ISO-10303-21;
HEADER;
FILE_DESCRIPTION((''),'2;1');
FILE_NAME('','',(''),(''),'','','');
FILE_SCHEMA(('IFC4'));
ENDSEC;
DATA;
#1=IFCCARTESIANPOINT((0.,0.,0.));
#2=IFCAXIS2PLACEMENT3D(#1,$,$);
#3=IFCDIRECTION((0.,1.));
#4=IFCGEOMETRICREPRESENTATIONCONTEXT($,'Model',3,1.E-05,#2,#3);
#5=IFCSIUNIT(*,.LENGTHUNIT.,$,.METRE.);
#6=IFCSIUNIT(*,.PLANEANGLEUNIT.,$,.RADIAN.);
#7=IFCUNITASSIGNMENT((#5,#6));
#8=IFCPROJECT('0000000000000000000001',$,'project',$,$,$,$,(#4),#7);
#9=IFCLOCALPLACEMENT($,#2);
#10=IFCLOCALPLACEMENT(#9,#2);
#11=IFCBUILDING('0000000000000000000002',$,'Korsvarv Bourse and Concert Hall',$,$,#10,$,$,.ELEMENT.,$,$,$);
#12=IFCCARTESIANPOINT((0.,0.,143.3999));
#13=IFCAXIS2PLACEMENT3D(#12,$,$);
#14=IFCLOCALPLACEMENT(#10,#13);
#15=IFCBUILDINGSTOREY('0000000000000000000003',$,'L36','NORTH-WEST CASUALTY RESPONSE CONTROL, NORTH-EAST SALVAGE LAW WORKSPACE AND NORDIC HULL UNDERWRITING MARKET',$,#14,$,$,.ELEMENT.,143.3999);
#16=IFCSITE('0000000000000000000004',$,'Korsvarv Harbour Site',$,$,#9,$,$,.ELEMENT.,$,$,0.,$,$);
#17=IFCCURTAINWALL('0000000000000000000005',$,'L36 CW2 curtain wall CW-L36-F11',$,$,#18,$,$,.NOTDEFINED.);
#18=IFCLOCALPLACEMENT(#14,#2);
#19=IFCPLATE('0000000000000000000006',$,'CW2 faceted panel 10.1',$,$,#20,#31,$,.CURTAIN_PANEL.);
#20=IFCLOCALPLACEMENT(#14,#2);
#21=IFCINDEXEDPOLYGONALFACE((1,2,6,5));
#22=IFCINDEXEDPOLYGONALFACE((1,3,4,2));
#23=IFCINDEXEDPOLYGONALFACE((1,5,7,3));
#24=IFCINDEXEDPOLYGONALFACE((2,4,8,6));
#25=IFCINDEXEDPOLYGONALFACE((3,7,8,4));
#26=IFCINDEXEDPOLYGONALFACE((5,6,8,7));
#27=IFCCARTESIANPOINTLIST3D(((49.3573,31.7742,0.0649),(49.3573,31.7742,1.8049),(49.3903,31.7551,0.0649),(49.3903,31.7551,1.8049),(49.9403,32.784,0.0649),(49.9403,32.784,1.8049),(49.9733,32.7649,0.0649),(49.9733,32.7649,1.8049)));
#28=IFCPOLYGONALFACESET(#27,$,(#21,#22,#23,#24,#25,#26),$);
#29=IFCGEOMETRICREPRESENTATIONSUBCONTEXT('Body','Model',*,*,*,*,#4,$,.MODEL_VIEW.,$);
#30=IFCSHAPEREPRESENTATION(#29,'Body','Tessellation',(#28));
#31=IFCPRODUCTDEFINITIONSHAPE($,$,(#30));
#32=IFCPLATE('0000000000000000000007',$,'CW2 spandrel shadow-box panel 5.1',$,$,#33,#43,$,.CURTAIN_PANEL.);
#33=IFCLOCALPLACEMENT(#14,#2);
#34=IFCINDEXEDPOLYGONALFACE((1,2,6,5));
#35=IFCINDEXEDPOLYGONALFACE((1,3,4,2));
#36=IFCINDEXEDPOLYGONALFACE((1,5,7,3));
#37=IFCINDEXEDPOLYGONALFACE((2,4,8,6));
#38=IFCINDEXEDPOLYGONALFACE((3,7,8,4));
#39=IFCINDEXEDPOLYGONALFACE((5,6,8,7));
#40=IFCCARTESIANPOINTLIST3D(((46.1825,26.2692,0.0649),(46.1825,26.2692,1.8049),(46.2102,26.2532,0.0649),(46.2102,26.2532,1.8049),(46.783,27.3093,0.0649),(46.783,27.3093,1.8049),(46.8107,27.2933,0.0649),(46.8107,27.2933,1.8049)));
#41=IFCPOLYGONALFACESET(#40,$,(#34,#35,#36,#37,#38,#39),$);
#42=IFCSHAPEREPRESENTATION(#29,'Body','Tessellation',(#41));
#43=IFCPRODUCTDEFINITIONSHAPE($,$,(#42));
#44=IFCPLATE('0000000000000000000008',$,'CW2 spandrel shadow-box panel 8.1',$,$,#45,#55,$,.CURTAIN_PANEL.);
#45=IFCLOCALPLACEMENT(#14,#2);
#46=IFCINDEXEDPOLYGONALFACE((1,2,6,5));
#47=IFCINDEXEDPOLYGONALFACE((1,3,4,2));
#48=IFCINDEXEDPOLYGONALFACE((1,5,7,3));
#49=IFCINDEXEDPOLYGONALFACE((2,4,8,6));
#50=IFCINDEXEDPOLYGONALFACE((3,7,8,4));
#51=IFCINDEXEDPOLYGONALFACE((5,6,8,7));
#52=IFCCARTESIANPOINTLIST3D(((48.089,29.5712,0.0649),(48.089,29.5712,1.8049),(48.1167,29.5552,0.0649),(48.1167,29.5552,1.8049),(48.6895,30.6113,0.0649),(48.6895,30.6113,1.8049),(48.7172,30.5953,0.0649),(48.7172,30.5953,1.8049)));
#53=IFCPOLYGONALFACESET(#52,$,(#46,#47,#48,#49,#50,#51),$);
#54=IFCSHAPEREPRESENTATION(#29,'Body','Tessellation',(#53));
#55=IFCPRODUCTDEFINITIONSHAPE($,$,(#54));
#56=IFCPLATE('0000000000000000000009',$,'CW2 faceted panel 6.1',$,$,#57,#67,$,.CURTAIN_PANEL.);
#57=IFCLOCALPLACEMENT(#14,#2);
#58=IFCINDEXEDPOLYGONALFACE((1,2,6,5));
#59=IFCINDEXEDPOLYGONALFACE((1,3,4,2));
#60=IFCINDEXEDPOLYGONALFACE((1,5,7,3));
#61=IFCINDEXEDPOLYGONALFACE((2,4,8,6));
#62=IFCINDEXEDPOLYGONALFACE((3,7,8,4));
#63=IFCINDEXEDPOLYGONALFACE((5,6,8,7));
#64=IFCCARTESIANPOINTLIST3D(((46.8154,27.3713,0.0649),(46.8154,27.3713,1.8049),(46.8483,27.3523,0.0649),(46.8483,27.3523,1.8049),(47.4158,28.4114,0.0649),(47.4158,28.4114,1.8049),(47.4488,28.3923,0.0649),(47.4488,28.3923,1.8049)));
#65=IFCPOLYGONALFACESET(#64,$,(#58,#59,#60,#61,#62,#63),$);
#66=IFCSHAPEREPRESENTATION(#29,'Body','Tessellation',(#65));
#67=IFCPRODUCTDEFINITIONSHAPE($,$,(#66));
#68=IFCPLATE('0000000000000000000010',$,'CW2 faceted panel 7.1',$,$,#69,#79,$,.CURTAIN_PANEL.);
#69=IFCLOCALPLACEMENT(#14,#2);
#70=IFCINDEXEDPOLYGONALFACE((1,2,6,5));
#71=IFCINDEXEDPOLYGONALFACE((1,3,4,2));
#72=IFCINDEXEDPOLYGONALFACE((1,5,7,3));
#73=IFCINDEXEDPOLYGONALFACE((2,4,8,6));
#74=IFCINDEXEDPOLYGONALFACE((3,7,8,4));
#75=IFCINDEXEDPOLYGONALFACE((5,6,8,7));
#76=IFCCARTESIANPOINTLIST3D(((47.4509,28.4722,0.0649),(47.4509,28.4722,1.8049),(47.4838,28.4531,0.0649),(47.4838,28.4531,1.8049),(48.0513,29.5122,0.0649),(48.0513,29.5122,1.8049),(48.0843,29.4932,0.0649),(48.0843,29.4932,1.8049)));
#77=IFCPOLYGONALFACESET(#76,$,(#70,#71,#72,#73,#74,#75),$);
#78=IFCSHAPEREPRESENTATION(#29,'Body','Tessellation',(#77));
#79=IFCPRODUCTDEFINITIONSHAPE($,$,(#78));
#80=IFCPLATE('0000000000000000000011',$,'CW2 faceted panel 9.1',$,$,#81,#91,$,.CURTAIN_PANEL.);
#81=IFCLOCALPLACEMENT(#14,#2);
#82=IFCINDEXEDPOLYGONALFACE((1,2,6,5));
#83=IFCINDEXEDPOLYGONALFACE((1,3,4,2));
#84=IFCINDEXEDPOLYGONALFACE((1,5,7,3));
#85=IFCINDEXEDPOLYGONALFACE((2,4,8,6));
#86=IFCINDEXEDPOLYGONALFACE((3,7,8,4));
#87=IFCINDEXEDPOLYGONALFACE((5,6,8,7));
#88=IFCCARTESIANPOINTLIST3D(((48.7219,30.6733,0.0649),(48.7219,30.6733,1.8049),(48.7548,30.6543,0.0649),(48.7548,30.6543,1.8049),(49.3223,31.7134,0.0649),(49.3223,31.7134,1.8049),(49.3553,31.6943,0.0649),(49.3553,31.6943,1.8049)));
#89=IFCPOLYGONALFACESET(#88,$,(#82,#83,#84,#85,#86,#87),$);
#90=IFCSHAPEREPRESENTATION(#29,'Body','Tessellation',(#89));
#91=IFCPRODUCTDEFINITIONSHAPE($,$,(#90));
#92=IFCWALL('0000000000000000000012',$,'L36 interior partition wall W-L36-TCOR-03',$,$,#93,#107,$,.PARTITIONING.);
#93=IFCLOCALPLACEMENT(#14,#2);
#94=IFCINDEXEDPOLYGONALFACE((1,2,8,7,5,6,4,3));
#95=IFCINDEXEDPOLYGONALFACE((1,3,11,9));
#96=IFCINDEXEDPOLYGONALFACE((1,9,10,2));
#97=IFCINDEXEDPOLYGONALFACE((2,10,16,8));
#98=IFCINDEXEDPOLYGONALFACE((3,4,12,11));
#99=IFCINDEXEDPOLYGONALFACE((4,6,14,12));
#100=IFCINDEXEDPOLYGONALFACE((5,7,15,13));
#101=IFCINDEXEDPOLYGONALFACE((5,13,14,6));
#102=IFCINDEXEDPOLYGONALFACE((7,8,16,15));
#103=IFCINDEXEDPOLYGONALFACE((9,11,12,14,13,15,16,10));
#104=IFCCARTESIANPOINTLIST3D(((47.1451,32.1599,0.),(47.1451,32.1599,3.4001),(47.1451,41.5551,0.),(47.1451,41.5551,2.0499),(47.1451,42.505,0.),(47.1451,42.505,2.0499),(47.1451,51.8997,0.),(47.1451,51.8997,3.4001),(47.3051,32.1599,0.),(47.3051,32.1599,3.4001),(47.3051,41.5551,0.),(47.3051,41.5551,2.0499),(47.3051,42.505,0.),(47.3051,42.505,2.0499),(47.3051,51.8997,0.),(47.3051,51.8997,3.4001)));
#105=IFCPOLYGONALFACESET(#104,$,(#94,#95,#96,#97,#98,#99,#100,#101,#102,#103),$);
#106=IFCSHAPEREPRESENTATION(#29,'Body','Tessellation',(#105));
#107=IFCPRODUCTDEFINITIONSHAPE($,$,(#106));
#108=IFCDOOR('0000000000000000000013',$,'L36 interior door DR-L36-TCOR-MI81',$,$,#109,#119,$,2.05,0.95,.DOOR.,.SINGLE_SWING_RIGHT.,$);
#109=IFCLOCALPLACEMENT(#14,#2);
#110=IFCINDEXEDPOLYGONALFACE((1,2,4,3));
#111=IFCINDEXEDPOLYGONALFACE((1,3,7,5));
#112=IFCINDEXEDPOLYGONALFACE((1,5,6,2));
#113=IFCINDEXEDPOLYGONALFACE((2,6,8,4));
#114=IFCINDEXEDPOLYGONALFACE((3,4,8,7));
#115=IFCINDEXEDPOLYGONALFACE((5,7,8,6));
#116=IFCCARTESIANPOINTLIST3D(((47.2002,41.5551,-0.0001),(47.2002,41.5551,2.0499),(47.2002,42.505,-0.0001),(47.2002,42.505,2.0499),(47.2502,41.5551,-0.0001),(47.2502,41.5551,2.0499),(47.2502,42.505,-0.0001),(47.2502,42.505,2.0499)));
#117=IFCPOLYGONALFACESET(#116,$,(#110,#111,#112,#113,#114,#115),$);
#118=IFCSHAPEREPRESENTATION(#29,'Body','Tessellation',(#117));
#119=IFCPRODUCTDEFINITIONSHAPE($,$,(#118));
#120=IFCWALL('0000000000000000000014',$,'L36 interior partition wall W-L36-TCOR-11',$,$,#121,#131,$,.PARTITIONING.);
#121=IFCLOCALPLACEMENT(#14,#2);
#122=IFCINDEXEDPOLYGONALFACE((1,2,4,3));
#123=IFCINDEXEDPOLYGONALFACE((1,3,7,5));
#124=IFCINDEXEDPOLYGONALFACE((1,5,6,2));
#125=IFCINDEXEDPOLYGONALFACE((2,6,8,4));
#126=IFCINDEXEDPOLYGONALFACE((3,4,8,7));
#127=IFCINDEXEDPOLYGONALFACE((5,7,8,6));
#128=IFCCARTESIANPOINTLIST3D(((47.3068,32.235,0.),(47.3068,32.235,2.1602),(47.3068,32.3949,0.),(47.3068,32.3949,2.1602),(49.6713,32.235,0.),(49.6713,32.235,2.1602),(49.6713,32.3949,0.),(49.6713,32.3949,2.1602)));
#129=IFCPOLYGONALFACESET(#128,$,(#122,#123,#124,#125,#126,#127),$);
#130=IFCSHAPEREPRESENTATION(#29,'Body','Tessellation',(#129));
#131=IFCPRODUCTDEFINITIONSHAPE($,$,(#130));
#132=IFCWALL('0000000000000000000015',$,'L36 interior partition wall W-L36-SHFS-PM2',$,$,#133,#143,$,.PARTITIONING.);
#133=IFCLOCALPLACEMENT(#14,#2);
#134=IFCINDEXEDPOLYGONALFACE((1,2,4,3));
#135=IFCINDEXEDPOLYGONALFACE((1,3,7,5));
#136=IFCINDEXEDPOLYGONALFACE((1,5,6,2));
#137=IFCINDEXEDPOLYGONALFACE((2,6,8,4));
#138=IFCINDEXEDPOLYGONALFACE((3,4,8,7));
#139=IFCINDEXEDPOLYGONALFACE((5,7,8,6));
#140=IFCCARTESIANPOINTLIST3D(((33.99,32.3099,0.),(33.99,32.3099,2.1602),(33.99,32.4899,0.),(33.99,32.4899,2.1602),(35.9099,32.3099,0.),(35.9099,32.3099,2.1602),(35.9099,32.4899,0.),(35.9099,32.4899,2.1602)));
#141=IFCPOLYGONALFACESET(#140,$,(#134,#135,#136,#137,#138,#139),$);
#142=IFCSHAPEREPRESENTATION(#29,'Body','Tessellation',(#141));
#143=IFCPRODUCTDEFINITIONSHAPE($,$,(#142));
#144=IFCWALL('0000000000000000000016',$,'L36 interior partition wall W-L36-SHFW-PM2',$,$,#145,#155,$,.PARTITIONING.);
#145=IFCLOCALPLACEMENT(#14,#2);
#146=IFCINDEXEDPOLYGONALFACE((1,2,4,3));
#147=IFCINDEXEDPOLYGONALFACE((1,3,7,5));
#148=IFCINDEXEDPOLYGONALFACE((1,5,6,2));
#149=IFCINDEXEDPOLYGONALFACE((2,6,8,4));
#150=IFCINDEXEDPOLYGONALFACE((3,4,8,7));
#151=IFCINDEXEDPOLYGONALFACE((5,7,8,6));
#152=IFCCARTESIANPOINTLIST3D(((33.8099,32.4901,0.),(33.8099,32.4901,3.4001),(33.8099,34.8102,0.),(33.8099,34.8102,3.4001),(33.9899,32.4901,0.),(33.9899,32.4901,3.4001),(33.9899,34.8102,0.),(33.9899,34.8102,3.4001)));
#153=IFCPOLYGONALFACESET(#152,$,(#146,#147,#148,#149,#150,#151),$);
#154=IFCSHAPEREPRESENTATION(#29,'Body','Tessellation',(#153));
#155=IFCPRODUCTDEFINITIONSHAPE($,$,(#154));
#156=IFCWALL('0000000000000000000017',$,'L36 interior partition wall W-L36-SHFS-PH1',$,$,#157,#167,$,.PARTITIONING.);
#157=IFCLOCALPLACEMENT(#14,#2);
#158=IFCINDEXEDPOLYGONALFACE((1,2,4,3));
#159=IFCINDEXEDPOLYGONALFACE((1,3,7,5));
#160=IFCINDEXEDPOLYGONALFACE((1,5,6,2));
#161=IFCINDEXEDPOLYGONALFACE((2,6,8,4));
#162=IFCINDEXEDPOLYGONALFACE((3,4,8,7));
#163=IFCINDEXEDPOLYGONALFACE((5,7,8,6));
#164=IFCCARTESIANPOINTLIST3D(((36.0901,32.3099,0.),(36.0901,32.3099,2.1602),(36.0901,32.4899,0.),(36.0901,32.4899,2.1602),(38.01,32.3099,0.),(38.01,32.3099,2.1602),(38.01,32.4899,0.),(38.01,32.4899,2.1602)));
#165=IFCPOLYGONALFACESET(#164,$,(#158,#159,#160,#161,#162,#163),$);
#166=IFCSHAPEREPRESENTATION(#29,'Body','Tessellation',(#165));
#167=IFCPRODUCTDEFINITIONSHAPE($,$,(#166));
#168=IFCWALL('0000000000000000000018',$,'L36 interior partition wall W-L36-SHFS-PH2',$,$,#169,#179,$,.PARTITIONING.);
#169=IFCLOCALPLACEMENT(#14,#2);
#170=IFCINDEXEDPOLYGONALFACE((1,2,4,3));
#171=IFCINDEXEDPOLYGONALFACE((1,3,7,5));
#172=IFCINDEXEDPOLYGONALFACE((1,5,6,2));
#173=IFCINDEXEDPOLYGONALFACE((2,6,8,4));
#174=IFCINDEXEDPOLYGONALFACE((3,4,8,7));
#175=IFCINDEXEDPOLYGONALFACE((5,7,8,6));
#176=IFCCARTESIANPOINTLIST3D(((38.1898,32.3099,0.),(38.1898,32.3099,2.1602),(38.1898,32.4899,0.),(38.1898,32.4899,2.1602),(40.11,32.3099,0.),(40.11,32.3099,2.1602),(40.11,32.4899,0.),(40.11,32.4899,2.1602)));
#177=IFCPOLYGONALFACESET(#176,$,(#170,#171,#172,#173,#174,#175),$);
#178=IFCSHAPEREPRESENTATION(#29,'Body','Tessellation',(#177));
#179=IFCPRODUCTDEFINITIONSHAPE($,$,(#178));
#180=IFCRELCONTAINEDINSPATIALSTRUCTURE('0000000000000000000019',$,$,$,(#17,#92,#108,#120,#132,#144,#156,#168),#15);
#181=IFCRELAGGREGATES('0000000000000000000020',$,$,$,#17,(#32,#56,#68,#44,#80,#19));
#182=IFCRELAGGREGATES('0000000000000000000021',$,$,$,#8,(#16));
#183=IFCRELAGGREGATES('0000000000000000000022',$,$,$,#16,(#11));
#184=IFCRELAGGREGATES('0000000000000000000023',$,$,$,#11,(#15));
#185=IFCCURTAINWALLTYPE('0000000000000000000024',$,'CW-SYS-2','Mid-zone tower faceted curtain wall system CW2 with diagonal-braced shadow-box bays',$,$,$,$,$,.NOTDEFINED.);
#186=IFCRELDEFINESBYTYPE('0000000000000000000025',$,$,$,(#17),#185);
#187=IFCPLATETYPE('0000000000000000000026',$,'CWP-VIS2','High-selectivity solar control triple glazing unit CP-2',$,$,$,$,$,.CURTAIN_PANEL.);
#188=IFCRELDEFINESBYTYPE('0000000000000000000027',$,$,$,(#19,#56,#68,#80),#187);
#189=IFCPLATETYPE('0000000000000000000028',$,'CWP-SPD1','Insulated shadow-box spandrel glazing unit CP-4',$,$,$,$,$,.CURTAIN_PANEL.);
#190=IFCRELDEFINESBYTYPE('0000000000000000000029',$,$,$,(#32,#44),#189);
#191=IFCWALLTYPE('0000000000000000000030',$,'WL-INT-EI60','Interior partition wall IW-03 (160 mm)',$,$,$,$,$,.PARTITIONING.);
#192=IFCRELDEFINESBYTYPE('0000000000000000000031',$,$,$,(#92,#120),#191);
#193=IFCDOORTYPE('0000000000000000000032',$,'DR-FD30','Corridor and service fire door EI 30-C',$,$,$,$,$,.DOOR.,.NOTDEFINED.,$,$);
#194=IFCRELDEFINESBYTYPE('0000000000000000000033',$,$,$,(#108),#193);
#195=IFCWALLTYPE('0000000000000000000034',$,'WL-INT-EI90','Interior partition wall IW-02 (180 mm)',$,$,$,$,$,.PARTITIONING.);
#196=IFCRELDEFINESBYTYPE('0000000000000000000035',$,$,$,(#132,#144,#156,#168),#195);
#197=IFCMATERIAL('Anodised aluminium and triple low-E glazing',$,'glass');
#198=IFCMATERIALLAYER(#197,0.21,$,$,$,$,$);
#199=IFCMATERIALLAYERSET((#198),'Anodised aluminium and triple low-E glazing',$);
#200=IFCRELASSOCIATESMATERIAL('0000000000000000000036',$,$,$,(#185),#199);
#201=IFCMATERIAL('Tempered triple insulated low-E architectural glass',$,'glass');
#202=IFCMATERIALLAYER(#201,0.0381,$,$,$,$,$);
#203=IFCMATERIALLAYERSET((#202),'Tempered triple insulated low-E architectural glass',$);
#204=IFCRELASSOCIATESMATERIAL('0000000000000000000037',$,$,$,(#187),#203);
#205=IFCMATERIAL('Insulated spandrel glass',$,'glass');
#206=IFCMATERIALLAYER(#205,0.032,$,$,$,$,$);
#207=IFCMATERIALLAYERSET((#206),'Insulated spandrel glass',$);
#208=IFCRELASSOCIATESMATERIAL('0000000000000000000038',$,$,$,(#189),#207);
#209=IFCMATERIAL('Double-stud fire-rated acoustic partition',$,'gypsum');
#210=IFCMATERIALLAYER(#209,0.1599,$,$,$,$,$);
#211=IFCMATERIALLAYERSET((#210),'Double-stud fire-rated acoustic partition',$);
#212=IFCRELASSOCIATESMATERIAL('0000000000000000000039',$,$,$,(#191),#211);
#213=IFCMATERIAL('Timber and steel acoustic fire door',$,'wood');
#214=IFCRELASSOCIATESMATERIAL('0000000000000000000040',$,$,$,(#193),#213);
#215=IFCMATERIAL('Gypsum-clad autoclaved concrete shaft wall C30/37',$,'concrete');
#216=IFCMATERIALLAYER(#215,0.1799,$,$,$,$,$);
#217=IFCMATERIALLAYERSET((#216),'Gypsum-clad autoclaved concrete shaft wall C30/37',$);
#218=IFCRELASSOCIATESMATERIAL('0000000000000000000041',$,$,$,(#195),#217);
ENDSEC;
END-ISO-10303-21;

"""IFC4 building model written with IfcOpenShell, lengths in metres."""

from ifc_helpers import new_model, si_unit, direction, frame, frame_2d, origin, origin_2d, place, context, subcontext, project, spatial, rectangle, extrude, source, transform, mapped, material, layer, layer_set, type_object, element, fill, aggregate, save


model = new_model("IFC4")

# Units and contexts
model_context = context("Model", 3, precision=1e-05, world=origin(), true_north=direction((0.0, 1.0)))
body_context = subcontext(model_context, "Body", "Model", "MODEL_VIEW")
ifc_project = project(units=[si_unit("LENGTHUNIT", "METRE"), si_unit("PLANEANGLEUNIT", "RADIAN")], contexts=[model_context])

# Site, building, storey
site_placement = place(None, origin())
site = spatial("IfcSite", under=ifc_project, at=site_placement, Name="Korsvarv Harbour Site", CompositionType="ELEMENT", RefElevation=0.0)
building_placement = place(site_placement, origin())
building = spatial("IfcBuilding", under=site, at=building_placement, Name="Korsvarv Bourse and Concert Hall", CompositionType="ELEMENT")
storey_placement = place(building_placement, frame((0.0, 0.0, 143.3999)))
storey = spatial("IfcBuildingStorey", under=building, at=storey_placement, Name="L36", Description="NORTH-WEST CASUALTY RESPONSE CONTROL, NORTH-EAST SALVAGE LAW WORKSPACE AND NORDIC HULL UNDERWRITING MARKET", CompositionType="ELEMENT", Elevation=143.3999)

# Curtain wall, plates
ifc_material_1 = material(Name="Anodised aluminium and triple low-E glazing", Category="glass")
ifc_layer_1 = layer(ifc_material_1, 0.21)
ifc_layer_set_1 = layer_set([ifc_layer_1], Name="Anodised aluminium and triple low-E glazing")
curtain_wall_type = type_object("IfcCurtainWallType", Name="CW-SYS-2", Description="Mid-zone tower faceted curtain wall system CW2 with diagonal-braced shadow-box bays", PredefinedType="NOTDEFINED", material=ifc_layer_set_1)
curtain_wall_placement = place(storey_placement, origin())
curtain_wall = element("IfcCurtainWall", 1, at=curtain_wall_placement, inside=storey, type_object=curtain_wall_type, Name="L36 CW2 curtain wall CW-L36-F11", PredefinedType="NOTDEFINED")
ifc_material_2 = material(Name="Tempered triple insulated low-E architectural glass", Category="glass")
ifc_layer_2 = layer(ifc_material_2, 0.0381)
ifc_layer_set_2 = layer_set([ifc_layer_2], Name="Tempered triple insulated low-E architectural glass")
plate_type_1 = type_object("IfcPlateType", Name="CWP-VIS2", Description="High-selectivity solar control triple glazing unit CP-2", PredefinedType="CURTAIN_PANEL", material=ifc_layer_set_2)
shared_shape_1 = source(origin(), body_context, "Body", "SweptSolid", [
    extrude(rectangle(XDim=1.166, YDim=0.0381, at=origin_2d()), origin(), (0.0, 0.0, 1.0), 1.74),
])
plate_1_placement = place(storey_placement, frame((49.6653, 32.2695, 0.0649), z_axis=(0.0, 0.0, 1.0), x_axis=(0.5, 0.866025, 0.0)))
plate_1 = element("IfcPlate", 2, at=plate_1_placement, type_object=plate_type_1, Name="CW2 faceted panel 10.1", PredefinedType="CURTAIN_PANEL", context=body_context, shape_type="MappedRepresentation", body=[
    mapped(shared_shape_1, transform((0.0, 0.0, 0.0), scale=1.0)),
])
ifc_material_3 = material(Name="Insulated spandrel glass", Category="glass")
ifc_layer_3 = layer(ifc_material_3, 0.032)
ifc_layer_set_3 = layer_set([ifc_layer_3], Name="Insulated spandrel glass")
plate_type_2 = type_object("IfcPlateType", Name="CWP-SPD1", Description="Insulated shadow-box spandrel glazing unit CP-4", PredefinedType="CURTAIN_PANEL", material=ifc_layer_set_3)
shared_shape_2 = source(origin(), body_context, "Body", "SweptSolid", [
    extrude(rectangle(XDim=1.2009, YDim=0.032, at=origin_2d()), origin(), (0.0, 0.0, 1.0), 1.74),
])
plate_2_placement = place(storey_placement, frame((46.4966, 26.7812, 0.0649), z_axis=(0.0, 0.0, 1.0), x_axis=(0.5, 0.866025, 0.0)))
plate_2 = element("IfcPlate", 3, at=plate_2_placement, type_object=plate_type_2, Name="CW2 spandrel shadow-box panel 5.1", PredefinedType="CURTAIN_PANEL", context=body_context, shape_type="MappedRepresentation", body=[
    mapped(shared_shape_2, transform((0.0, 0.0, 0.0), scale=1.0)),
])
plate_3_placement = place(storey_placement, frame((48.4031, 30.0833, 0.0649), z_axis=(0.0, 0.0, 1.0), x_axis=(0.5, 0.866025, 0.0)))
plate_3 = element("IfcPlate", 4, at=plate_3_placement, type_object=plate_type_2, Name="CW2 spandrel shadow-box panel 8.1", PredefinedType="CURTAIN_PANEL", context=body_context, shape_type="MappedRepresentation", body=[
    mapped(shared_shape_2, transform((0.0, 0.0, 0.0), scale=1.0)),
])
shared_shape_3 = source(origin(), body_context, "Body", "SweptSolid", [
    extrude(rectangle(XDim=1.2009, YDim=0.0381, at=origin_2d()), origin(), (0.0, 0.0, 1.0), 1.74),
])
plate_4_placement = place(storey_placement, frame((47.1321, 27.8818, 0.0649), z_axis=(0.0, 0.0, 1.0), x_axis=(0.5, 0.866025, 0.0)))
plate_4 = element("IfcPlate", 5, at=plate_4_placement, type_object=plate_type_1, Name="CW2 faceted panel 6.1", PredefinedType="CURTAIN_PANEL", context=body_context, shape_type="MappedRepresentation", body=[
    mapped(shared_shape_3, transform((0.0, 0.0, 0.0), scale=1.0)),
])
plate_5_placement = place(storey_placement, frame((47.7676, 28.9827, 0.0649), z_axis=(0.0, 0.0, 1.0), x_axis=(0.5, 0.866025, 0.0)))
plate_5 = element("IfcPlate", 6, at=plate_5_placement, type_object=plate_type_1, Name="CW2 faceted panel 7.1", PredefinedType="CURTAIN_PANEL", context=body_context, shape_type="MappedRepresentation", body=[
    mapped(shared_shape_3, transform((0.0, 0.0, 0.0), scale=1.0)),
])
plate_6_placement = place(storey_placement, frame((49.0386, 31.1838, 0.0649), z_axis=(0.0, 0.0, 1.0), x_axis=(0.5, 0.866025, 0.0)))
plate_6 = element("IfcPlate", 7, at=plate_6_placement, type_object=plate_type_1, Name="CW2 faceted panel 9.1", PredefinedType="CURTAIN_PANEL", context=body_context, shape_type="MappedRepresentation", body=[
    mapped(shared_shape_3, transform((0.0, 0.0, 0.0), scale=1.0)),
])
aggregate(curtain_wall, [plate_2, plate_4, plate_5, plate_3, plate_6, plate_1])

# Wall, opening, door
ifc_material_4 = material(Name="Double-stud fire-rated acoustic partition", Category="gypsum")
ifc_layer_4 = layer(ifc_material_4, 0.1599)
ifc_layer_set_4 = layer_set([ifc_layer_4], Name="Double-stud fire-rated acoustic partition")
wall_type_1 = type_object("IfcWallType", Name="WL-INT-EI60", Description="Interior partition wall IW-03 (160 mm)", PredefinedType="PARTITIONING", material=ifc_layer_set_4)
wall_1_placement = place(storey_placement, frame((47.2251, 32.1599, 0.0), z_axis=(0.0, 0.0, 1.0), x_axis=(0.0, 1.0, 0.0)))
wall_1 = element("IfcWall", 8, at=wall_1_placement, inside=storey, type_object=wall_type_1, Name="L36 interior partition wall W-L36-TCOR-03", PredefinedType="PARTITIONING", context=body_context, shape_type="SweptSolid", body=[
    extrude(rectangle(XDim=19.7397, YDim=0.1599, at=frame_2d((9.8699, 0.0))), origin(), (0.0, 0.0, 1.0), 3.4001),
])
opening_placement = place(wall_1_placement, frame((9.395, 0.0, 0.0)))
opening = element("IfcOpeningElement", 9, at=opening_placement, cuts=wall_1, PredefinedType="OPENING", context=body_context, shape_type="SweptSolid", body=[
    extrude(rectangle(XDim=0.95, YDim=2.05, at=frame_2d((0.4751, 1.0249))), frame((0.0, 0.0898, 0.0), z_axis=(0.0, -1.0, 0.0), x_axis=(1.0, 0.0, 0.0)), (0.0, 0.0, 1.0), 0.1799),
])
ifc_material_5 = material(Name="Timber and steel acoustic fire door", Category="wood")
door_type = type_object("IfcDoorType", Name="DR-FD30", Description="Corridor and service fire door EI 30-C", OperationType="NOTDEFINED", PredefinedType="DOOR", material=ifc_material_5)
door_placement = place(opening_placement, origin())
door = element("IfcDoor", 10, at=door_placement, inside=storey, type_object=door_type, Name="L36 interior door DR-L36-TCOR-MI81", OperationType="SINGLE_SWING_RIGHT", OverallHeight=2.05, OverallWidth=0.95, PredefinedType="DOOR", context=body_context, shape_type="SweptSolid", body=[
    extrude(rectangle(XDim=0.95, YDim=2.05, at=frame_2d((0.4751, 1.0249))), frame((0.0, 0.0249, 0.0), z_axis=(0.0, -1.0, 0.0), x_axis=(1.0, 0.0, 0.0)), (0.0, 0.0, 1.0), 0.05),
])
fill(opening, door)

# Walls
wall_2_placement = place(storey_placement, frame((47.3069, 32.3149, 0.0), z_axis=(0.0, 0.0, 1.0), x_axis=(1.0, 0.0, 0.0)))
element("IfcWall", 11, at=wall_2_placement, inside=storey, type_object=wall_type_1, Name="L36 interior partition wall W-L36-TCOR-11", PredefinedType="PARTITIONING", context=body_context, shape_type="SweptSolid", body=[
    extrude(rectangle(XDim=2.3645, YDim=0.1599, at=frame_2d((1.1821, 0.0))), origin(), (0.0, 0.0, 1.0), 2.1602),
])
ifc_material_6 = material(Name="Gypsum-clad autoclaved concrete shaft wall C30/37", Category="concrete")
ifc_layer_5 = layer(ifc_material_6, 0.1799)
ifc_layer_set_5 = layer_set([ifc_layer_5], Name="Gypsum-clad autoclaved concrete shaft wall C30/37")
wall_type_2 = type_object("IfcWallType", Name="WL-INT-EI90", Description="Interior partition wall IW-02 (180 mm)", PredefinedType="PARTITIONING", material=ifc_layer_set_5)
wall_3_placement = place(storey_placement, frame((33.99, 32.3999, 0.0), z_axis=(0.0, 0.0, 1.0), x_axis=(1.0, 0.0, 0.0)))
element("IfcWall", 12, at=wall_3_placement, inside=storey, type_object=wall_type_2, Name="L36 interior partition wall W-L36-SHFS-PM2", PredefinedType="PARTITIONING", context=body_context, shape_type="SweptSolid", body=[
    extrude(rectangle(XDim=1.9199, YDim=0.1799, at=frame_2d((0.96, 0.0))), origin(), (0.0, 0.0, 1.0), 2.1602),
])
wall_4_placement = place(storey_placement, frame((33.8999, 32.49, 0.0), z_axis=(0.0, 0.0, 1.0), x_axis=(0.0, 1.0, 0.0)))
element("IfcWall", 13, at=wall_4_placement, inside=storey, type_object=wall_type_2, Name="L36 interior partition wall W-L36-SHFW-PM2", PredefinedType="PARTITIONING", context=body_context, shape_type="SweptSolid", body=[
    extrude(rectangle(XDim=2.3201, YDim=0.1799, at=frame_2d((1.1602, 0.0))), origin(), (0.0, 0.0, 1.0), 3.4001),
])
wall_5_placement = place(storey_placement, frame((36.0901, 32.3999, 0.0), z_axis=(0.0, 0.0, 1.0), x_axis=(1.0, 0.0, 0.0)))
element("IfcWall", 14, at=wall_5_placement, inside=storey, type_object=wall_type_2, Name="L36 interior partition wall W-L36-SHFS-PH1", PredefinedType="PARTITIONING", context=body_context, shape_type="SweptSolid", body=[
    extrude(rectangle(XDim=1.9199, YDim=0.1799, at=frame_2d((0.96, 0.0))), origin(), (0.0, 0.0, 1.0), 2.1602),
])
wall_6_placement = place(storey_placement, frame((38.1899, 32.3999, 0.0), z_axis=(0.0, 0.0, 1.0), x_axis=(1.0, 0.0, 0.0)))
element("IfcWall", 15, at=wall_6_placement, inside=storey, type_object=wall_type_2, Name="L36 interior partition wall W-L36-SHFS-PH2", PredefinedType="PARTITIONING", context=body_context, shape_type="SweptSolid", body=[
    extrude(rectangle(XDim=1.9202, YDim=0.1799, at=frame_2d((0.96, 0.0))), origin(), (0.0, 0.0, 1.0), 2.1602),
])

save(model, "model.ifc")
